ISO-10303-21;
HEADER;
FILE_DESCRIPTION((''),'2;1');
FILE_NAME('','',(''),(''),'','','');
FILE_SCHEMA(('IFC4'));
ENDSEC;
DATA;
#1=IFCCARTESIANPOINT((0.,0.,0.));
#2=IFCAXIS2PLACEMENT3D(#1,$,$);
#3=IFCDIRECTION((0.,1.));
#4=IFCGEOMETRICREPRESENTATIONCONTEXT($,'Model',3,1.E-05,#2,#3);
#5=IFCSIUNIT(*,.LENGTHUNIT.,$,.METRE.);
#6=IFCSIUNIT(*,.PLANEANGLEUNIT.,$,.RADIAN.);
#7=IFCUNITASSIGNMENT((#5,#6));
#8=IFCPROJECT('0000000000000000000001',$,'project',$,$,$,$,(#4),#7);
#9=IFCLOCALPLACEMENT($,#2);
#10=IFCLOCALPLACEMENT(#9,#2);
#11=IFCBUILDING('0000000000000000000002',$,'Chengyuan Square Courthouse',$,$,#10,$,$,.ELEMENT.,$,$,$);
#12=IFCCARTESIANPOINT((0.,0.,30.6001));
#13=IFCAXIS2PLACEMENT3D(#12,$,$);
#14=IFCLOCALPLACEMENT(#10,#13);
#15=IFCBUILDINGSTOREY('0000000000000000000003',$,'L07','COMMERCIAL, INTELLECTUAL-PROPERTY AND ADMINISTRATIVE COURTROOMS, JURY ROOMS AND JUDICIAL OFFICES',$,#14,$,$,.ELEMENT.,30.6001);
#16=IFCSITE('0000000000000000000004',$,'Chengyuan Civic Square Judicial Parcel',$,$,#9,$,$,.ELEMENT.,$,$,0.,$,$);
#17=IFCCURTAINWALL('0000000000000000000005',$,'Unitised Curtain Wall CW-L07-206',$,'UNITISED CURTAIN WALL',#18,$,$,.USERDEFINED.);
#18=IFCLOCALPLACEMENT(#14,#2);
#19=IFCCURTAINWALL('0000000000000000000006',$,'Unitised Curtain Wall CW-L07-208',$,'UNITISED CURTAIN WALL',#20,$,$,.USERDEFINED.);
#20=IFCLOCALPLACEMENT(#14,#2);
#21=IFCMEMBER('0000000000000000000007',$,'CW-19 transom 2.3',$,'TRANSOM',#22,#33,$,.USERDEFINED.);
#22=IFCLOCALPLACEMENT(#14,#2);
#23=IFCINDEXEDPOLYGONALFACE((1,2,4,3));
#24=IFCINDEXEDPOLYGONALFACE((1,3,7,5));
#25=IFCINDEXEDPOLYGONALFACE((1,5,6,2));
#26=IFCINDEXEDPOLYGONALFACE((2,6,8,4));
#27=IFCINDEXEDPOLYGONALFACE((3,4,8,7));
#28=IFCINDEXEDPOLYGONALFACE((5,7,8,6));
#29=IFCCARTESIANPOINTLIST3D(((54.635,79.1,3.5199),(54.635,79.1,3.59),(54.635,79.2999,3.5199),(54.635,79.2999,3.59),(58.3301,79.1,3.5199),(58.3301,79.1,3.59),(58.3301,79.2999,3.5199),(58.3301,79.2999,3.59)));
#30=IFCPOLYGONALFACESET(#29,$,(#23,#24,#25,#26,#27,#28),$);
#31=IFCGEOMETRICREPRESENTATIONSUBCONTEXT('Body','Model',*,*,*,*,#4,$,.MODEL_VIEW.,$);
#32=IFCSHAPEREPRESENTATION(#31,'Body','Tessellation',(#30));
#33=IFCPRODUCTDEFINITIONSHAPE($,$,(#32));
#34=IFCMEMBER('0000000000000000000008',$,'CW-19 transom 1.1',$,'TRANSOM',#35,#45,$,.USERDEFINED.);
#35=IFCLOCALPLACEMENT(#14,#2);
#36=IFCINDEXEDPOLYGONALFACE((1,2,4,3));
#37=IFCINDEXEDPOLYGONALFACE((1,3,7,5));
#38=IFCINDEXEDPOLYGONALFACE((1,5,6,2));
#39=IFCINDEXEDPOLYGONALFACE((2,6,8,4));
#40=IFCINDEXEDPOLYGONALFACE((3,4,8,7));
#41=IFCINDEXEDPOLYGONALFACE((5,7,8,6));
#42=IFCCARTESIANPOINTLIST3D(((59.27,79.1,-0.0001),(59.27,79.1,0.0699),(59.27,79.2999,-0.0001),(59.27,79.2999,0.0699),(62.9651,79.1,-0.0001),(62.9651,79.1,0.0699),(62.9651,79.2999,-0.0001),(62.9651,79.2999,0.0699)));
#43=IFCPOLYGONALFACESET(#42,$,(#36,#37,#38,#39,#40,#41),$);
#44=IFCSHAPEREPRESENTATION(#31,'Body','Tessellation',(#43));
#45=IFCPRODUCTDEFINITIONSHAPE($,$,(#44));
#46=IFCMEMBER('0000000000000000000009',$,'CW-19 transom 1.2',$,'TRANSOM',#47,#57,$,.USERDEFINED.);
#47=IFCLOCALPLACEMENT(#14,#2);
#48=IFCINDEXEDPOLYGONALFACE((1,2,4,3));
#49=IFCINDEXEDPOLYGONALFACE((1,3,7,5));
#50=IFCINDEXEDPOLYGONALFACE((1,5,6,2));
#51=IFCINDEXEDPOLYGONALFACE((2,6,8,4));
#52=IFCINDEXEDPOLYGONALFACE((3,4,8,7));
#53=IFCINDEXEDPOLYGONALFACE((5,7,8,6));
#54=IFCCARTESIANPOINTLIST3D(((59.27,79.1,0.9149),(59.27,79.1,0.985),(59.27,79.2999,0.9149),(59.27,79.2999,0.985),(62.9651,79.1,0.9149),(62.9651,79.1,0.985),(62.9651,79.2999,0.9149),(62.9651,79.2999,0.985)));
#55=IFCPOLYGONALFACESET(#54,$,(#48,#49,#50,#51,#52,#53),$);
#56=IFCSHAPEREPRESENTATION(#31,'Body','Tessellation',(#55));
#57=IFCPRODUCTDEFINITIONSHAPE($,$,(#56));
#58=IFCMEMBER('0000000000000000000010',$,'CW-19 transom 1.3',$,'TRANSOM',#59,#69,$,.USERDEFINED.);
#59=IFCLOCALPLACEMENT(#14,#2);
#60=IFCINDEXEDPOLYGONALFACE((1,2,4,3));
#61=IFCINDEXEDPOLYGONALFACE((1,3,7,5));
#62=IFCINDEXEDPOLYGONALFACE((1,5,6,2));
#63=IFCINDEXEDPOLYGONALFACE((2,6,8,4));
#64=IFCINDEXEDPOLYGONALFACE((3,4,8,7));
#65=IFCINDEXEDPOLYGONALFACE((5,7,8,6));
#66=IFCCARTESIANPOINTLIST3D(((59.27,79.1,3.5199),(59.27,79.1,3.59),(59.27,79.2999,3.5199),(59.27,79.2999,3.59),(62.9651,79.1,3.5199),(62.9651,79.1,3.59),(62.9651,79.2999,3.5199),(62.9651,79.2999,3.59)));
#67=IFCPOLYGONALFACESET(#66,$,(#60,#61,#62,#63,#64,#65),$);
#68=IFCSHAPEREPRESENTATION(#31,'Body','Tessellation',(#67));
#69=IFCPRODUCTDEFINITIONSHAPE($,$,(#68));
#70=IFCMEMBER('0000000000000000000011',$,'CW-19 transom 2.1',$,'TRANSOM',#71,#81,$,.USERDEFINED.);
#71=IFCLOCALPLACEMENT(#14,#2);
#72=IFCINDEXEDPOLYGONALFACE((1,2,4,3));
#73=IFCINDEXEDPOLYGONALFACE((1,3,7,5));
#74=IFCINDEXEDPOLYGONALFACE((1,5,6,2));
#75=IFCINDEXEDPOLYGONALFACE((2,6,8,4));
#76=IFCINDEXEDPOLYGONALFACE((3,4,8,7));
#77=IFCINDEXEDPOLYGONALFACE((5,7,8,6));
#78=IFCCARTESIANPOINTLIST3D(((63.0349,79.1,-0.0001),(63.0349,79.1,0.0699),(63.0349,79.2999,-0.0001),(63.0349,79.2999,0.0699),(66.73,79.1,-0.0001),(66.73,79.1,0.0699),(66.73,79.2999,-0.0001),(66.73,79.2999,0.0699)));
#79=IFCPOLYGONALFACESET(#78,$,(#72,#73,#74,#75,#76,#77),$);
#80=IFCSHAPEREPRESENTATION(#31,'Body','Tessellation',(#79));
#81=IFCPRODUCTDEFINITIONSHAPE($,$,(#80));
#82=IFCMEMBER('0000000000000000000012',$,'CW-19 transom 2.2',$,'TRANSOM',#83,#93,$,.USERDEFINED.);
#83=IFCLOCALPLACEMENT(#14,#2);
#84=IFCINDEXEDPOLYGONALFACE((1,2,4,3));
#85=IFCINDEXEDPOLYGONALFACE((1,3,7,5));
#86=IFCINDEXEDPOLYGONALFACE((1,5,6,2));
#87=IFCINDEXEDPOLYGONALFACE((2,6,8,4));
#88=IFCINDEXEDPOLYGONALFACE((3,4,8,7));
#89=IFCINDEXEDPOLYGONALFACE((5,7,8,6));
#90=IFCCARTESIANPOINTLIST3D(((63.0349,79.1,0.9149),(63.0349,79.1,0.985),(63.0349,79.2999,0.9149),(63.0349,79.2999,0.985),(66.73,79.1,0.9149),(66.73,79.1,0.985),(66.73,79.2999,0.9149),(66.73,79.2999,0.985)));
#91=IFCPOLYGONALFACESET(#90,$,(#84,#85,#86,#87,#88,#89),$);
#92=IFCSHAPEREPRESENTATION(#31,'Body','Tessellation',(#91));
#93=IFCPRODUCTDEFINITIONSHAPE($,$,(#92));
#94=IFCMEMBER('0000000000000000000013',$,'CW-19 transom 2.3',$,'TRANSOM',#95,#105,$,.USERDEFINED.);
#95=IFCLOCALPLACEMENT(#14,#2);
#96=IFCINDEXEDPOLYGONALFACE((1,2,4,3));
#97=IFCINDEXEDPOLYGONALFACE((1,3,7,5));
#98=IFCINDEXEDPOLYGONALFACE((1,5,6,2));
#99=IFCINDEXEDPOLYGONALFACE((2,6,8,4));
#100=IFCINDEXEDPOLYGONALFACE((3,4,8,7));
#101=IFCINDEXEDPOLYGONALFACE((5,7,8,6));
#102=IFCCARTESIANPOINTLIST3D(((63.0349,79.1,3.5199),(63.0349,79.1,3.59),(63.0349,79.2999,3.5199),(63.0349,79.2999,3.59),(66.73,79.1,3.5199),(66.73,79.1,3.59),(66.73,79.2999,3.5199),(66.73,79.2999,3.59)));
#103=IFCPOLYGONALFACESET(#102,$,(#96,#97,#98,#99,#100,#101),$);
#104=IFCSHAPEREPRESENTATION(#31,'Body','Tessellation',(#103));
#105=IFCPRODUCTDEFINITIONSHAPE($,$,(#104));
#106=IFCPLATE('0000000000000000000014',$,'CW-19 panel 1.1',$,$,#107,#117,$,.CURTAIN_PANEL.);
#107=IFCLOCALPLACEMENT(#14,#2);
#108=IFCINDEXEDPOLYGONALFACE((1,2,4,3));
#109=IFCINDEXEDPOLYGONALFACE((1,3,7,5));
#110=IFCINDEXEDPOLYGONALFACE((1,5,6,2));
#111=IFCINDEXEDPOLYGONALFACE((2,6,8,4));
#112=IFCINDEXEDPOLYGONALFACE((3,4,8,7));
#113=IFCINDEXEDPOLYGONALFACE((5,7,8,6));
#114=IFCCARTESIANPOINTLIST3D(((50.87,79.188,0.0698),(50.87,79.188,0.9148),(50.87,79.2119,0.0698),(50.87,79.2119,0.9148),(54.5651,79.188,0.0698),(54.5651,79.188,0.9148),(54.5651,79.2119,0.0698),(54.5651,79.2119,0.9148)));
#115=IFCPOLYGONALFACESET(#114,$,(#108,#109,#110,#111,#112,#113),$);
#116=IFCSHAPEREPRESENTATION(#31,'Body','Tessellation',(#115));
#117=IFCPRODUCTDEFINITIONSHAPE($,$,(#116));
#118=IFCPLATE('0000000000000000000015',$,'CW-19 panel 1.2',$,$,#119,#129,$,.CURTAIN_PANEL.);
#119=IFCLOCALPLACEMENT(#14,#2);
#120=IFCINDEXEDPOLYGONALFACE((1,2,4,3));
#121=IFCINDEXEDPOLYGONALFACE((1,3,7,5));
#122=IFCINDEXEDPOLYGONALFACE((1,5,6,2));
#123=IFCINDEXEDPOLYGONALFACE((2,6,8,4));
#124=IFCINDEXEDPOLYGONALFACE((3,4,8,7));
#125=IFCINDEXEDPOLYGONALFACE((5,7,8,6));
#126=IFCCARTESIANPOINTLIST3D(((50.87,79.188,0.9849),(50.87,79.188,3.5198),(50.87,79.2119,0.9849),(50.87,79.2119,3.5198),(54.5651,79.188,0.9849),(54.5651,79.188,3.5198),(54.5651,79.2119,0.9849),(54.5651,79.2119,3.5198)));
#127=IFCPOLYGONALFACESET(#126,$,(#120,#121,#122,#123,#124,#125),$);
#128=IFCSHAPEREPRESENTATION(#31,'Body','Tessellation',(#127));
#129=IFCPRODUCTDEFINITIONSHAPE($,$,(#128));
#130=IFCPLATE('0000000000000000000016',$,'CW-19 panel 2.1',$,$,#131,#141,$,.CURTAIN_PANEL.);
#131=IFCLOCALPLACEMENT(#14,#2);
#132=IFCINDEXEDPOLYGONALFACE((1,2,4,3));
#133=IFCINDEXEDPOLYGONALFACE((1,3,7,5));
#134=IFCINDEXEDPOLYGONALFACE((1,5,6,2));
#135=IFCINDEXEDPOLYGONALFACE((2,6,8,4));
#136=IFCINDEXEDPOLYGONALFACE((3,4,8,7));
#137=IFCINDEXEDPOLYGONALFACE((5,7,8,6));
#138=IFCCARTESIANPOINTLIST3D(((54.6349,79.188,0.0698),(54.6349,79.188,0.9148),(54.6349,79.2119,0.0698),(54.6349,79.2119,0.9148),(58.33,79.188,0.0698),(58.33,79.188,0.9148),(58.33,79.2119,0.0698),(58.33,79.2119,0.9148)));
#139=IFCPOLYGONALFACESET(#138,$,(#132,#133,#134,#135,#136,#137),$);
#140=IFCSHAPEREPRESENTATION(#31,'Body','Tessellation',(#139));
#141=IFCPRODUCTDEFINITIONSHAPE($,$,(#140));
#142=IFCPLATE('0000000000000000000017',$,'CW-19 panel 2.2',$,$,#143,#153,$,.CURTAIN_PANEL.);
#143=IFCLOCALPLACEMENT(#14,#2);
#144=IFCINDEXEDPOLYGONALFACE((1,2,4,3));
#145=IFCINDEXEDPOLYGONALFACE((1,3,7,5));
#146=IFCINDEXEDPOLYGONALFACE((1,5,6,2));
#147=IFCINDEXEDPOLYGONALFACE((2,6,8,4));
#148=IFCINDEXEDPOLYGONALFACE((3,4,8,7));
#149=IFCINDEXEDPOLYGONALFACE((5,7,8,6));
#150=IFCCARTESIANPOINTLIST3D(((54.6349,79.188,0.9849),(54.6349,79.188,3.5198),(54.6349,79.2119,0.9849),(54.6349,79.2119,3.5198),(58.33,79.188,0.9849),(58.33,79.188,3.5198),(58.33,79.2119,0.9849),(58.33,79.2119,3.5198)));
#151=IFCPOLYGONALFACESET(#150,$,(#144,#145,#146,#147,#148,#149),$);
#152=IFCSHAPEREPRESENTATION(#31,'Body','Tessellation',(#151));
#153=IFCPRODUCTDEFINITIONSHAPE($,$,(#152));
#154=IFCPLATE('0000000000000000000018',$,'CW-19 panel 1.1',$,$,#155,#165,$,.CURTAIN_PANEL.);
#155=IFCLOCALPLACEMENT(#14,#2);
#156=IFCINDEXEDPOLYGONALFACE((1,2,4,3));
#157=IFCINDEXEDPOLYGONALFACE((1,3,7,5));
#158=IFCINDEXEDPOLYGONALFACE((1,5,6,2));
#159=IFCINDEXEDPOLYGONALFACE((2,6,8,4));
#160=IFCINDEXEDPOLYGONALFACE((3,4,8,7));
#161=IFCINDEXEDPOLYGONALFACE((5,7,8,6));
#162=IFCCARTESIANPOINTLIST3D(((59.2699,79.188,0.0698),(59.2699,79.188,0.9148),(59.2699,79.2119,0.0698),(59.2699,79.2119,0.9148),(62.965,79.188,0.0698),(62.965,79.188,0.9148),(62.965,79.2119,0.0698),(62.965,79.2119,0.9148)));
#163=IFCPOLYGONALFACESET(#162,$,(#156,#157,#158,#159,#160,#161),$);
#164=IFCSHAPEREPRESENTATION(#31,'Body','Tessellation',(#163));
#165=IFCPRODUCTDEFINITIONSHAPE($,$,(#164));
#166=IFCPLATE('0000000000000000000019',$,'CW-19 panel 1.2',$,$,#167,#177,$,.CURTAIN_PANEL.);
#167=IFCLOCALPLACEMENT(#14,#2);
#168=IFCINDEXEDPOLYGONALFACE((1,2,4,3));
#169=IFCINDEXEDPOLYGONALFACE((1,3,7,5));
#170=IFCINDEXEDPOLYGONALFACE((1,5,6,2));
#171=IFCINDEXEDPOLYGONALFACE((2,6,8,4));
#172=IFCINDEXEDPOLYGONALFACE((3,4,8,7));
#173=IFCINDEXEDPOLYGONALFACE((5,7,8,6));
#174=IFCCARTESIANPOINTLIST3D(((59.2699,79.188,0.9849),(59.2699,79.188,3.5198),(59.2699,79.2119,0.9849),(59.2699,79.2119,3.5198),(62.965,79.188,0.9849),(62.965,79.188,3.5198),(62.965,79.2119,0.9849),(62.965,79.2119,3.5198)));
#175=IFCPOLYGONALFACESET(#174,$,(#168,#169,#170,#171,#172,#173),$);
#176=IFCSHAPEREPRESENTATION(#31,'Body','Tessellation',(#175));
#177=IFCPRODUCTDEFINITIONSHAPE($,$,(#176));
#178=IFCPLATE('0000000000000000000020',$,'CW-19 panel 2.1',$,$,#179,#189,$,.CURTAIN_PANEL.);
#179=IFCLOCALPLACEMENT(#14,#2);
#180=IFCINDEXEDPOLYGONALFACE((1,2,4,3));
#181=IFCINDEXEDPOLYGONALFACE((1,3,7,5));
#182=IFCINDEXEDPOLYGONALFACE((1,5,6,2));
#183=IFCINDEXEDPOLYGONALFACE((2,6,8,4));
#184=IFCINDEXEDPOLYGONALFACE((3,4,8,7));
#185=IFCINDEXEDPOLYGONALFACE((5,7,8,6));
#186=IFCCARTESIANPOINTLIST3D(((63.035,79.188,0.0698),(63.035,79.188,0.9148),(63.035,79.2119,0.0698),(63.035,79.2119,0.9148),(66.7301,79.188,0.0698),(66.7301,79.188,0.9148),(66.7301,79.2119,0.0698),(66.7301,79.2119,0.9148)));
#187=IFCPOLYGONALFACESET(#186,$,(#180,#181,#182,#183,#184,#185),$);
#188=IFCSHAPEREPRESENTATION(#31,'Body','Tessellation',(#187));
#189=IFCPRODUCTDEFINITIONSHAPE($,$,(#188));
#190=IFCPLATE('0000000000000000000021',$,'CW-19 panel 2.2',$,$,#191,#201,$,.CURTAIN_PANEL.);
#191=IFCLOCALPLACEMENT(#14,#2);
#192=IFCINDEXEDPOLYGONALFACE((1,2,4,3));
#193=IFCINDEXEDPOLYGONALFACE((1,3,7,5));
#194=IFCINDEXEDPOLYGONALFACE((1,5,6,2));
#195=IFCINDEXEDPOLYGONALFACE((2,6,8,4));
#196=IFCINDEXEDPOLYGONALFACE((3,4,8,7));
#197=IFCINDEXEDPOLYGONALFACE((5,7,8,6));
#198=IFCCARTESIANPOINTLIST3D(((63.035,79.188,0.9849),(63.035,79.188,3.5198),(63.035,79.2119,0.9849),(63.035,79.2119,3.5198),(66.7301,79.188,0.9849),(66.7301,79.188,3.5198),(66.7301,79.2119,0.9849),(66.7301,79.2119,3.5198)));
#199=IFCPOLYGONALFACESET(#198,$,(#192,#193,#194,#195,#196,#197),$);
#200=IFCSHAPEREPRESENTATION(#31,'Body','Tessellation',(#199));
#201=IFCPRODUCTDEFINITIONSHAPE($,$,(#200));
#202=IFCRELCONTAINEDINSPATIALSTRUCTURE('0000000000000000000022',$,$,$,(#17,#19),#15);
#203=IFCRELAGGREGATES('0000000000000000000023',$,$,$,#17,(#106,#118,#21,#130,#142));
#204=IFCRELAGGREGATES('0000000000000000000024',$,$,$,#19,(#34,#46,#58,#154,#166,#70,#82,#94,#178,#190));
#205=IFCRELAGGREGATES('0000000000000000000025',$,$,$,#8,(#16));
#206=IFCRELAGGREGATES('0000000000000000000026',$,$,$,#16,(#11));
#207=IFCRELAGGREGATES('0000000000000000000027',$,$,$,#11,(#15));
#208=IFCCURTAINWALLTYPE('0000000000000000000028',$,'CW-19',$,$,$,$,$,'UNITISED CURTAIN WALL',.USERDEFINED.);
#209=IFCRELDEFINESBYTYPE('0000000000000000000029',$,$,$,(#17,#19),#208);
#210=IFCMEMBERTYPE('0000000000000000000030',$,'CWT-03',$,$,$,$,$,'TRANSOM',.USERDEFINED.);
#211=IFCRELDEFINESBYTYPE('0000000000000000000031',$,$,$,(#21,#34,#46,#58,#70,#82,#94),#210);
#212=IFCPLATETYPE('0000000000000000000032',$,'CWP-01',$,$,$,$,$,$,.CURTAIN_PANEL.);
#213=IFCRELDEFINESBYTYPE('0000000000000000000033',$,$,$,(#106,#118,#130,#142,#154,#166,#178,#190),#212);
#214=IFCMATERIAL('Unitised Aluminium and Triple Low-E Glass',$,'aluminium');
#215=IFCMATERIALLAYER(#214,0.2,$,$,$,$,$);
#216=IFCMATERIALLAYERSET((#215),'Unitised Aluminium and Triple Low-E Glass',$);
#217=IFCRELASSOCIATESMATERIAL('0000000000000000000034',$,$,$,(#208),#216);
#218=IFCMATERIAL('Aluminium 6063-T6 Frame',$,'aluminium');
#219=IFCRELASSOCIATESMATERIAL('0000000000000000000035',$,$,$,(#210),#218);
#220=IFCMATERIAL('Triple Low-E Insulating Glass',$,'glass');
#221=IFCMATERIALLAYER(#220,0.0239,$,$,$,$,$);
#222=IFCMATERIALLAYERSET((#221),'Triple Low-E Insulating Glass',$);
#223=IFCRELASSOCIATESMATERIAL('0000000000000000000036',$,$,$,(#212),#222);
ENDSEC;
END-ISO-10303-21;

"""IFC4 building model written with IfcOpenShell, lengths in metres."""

from ifc_helpers import new_model, si_unit, direction, frame, origin, origin_2d, place, context, subcontext, project, spatial, rectangle, extrude, material, layer, layer_set, material_profile, profile_set, type_object, element, aggregate, save


model = new_model("IFC4")

# Units and contexts
model_context = context("Model", 3, precision=1e-05, world=origin(), true_north=direction((0.0, 1.0)))
body_context = subcontext(model_context, "Body", "Model", "MODEL_VIEW")
ifc_project = project(units=[si_unit("LENGTHUNIT", "METRE"), si_unit("PLANEANGLEUNIT", "RADIAN")], contexts=[model_context])

# Site, building, storey
site_placement = place(None, origin())
site = spatial("IfcSite", under=ifc_project, at=site_placement, Name="Chengyuan Civic Square Judicial Parcel", CompositionType="ELEMENT", RefElevation=0.0)
building_placement = place(site_placement, origin())
building = spatial("IfcBuilding", under=site, at=building_placement, Name="Chengyuan Square Courthouse", CompositionType="ELEMENT")
storey_placement = place(building_placement, frame((0.0, 0.0, 30.6001)))
storey = spatial("IfcBuildingStorey", under=building, at=storey_placement, Name="L07", Description="COMMERCIAL, INTELLECTUAL-PROPERTY AND ADMINISTRATIVE COURTROOMS, JURY ROOMS AND JUDICIAL OFFICES", CompositionType="ELEMENT", Elevation=30.6001)

# Curtain walls
ifc_material_1 = material(Name="Unitised Aluminium and Triple Low-E Glass", Category="aluminium")
ifc_layer_1 = layer(ifc_material_1, 0.2)
ifc_layer_set_1 = layer_set([ifc_layer_1], Name="Unitised Aluminium and Triple Low-E Glass")
curtain_wall_type = type_object("IfcCurtainWallType", Name="CW-19", ElementType="UNITISED CURTAIN WALL", PredefinedType="USERDEFINED", material=ifc_layer_set_1)
curtain_wall_1_placement = place(storey_placement, origin())
curtain_wall_1 = element("IfcCurtainWall", 1, at=curtain_wall_1_placement, inside=storey, type_object=curtain_wall_type, Name="Unitised Curtain Wall CW-L07-206", ObjectType="UNITISED CURTAIN WALL", PredefinedType="USERDEFINED")
ifc_material_2 = material(Name="Aluminium 6063-T6 Frame", Category="aluminium")
curtain_wall_2_placement = place(storey_placement, origin())
curtain_wall_2 = element("IfcCurtainWall", 2, at=curtain_wall_2_placement, inside=storey, type_object=curtain_wall_type, Name="Unitised Curtain Wall CW-L07-208", ObjectType="UNITISED CURTAIN WALL", PredefinedType="USERDEFINED")

# Members
ifc_material_profile_1 = material_profile(ifc_material_2, rectangle(XDim=0.2, YDim=0.0701, at=origin_2d()), Name="CW-TRN-70x160")
ifc_profile_set_1 = profile_set([ifc_material_profile_1], Name="Aluminium 6063-T6 Frame")
member_type_1 = type_object("IfcMemberType", Name="CWT-03", ElementType="TRANSOM", PredefinedType="USERDEFINED", material=ifc_profile_set_1)
member_1_placement = place(storey_placement, frame((54.635, 79.2, 3.5549), z_axis=(1.0, 0.0, 0.0), x_axis=(0.0, 1.0, 0.0)))
member_1 = element("IfcMember", 3, at=member_1_placement, type_object=member_type_1, Name="CW-19 transom 2.3", ObjectType="TRANSOM", PredefinedType="USERDEFINED", context=body_context, shape_type="SweptSolid", body=[
    extrude(rectangle(XDim=0.2, YDim=0.0701, at=origin_2d()), origin(), (0.0, 0.0, 1.0), 3.6951),
])
member_2_placement = place(storey_placement, frame((59.27, 79.2, 0.0349), z_axis=(1.0, 0.0, 0.0), x_axis=(0.0, 1.0, 0.0)))
member_2 = element("IfcMember", 4, at=member_2_placement, type_object=member_type_1, Name="CW-19 transom 1.1", ObjectType="TRANSOM", PredefinedType="USERDEFINED", context=body_context, shape_type="SweptSolid", body=[
    extrude(rectangle(XDim=0.2, YDim=0.0701, at=origin_2d()), origin(), (0.0, 0.0, 1.0), 3.6951),
])
member_3_placement = place(storey_placement, frame((59.27, 79.2, 0.95), z_axis=(1.0, 0.0, 0.0), x_axis=(0.0, 1.0, 0.0)))
member_3 = element("IfcMember", 5, at=member_3_placement, type_object=member_type_1, Name="CW-19 transom 1.2", ObjectType="TRANSOM", PredefinedType="USERDEFINED", context=body_context, shape_type="SweptSolid", body=[
    extrude(rectangle(XDim=0.2, YDim=0.0701, at=origin_2d()), origin(), (0.0, 0.0, 1.0), 3.6951),
])
member_4_placement = place(storey_placement, frame((59.27, 79.2, 3.5549), z_axis=(1.0, 0.0, 0.0), x_axis=(0.0, 1.0, 0.0)))
member_4 = element("IfcMember", 6, at=member_4_placement, type_object=member_type_1, Name="CW-19 transom 1.3", ObjectType="TRANSOM", PredefinedType="USERDEFINED", context=body_context, shape_type="SweptSolid", body=[
    extrude(rectangle(XDim=0.2, YDim=0.0701, at=origin_2d()), origin(), (0.0, 0.0, 1.0), 3.6951),
])
member_5_placement = place(storey_placement, frame((63.0349, 79.2, 0.0349), z_axis=(1.0, 0.0, 0.0), x_axis=(0.0, 1.0, 0.0)))
member_5 = element("IfcMember", 7, at=member_5_placement, type_object=member_type_1, Name="CW-19 transom 2.1", ObjectType="TRANSOM", PredefinedType="USERDEFINED", context=body_context, shape_type="SweptSolid", body=[
    extrude(rectangle(XDim=0.2, YDim=0.0701, at=origin_2d()), origin(), (0.0, 0.0, 1.0), 3.6951),
])
member_6_placement = place(storey_placement, frame((63.0349, 79.2, 0.95), z_axis=(1.0, 0.0, 0.0), x_axis=(0.0, 1.0, 0.0)))
member_6 = element("IfcMember", 8, at=member_6_placement, type_object=member_type_1, Name="CW-19 transom 2.2", ObjectType="TRANSOM", PredefinedType="USERDEFINED", context=body_context, shape_type="SweptSolid", body=[
    extrude(rectangle(XDim=0.2, YDim=0.0701, at=origin_2d()), origin(), (0.0, 0.0, 1.0), 3.6951),
])
member_7_placement = place(storey_placement, frame((63.0349, 79.2, 3.5549), z_axis=(1.0, 0.0, 0.0), x_axis=(0.0, 1.0, 0.0)))
member_7 = element("IfcMember", 9, at=member_7_placement, type_object=member_type_1, Name="CW-19 transom 2.3", ObjectType="TRANSOM", PredefinedType="USERDEFINED", context=body_context, shape_type="SweptSolid", body=[
    extrude(rectangle(XDim=0.2, YDim=0.0701, at=origin_2d()), origin(), (0.0, 0.0, 1.0), 3.6951),
])

# Plates
ifc_material_3 = material(Name="Triple Low-E Insulating Glass", Category="glass")
ifc_layer_2 = layer(ifc_material_3, 0.0239)
ifc_layer_set_2 = layer_set([ifc_layer_2], Name="Triple Low-E Insulating Glass")
plate_type = type_object("IfcPlateType", Name="CWP-01", PredefinedType="CURTAIN_PANEL", material=ifc_layer_set_2)
plate_1_placement = place(storey_placement, frame((52.7175, 79.2, 0.0698), z_axis=(0.0, 0.0, 1.0), x_axis=(1.0, 0.0, 0.0)))
plate_1 = element("IfcPlate", 10, at=plate_1_placement, type_object=plate_type, Name="CW-19 panel 1.1", PredefinedType="CURTAIN_PANEL", context=body_context, shape_type="SweptSolid", body=[
    extrude(rectangle(XDim=3.6951, YDim=0.0239, at=origin_2d()), origin(), (0.0, 0.0, 1.0), 0.845),
])
plate_2_placement = place(storey_placement, frame((52.7175, 79.2, 0.9849), z_axis=(0.0, 0.0, 1.0), x_axis=(1.0, 0.0, 0.0)))
plate_2 = element("IfcPlate", 11, at=plate_2_placement, type_object=plate_type, Name="CW-19 panel 1.2", PredefinedType="CURTAIN_PANEL", context=body_context, shape_type="SweptSolid", body=[
    extrude(rectangle(XDim=3.6951, YDim=0.0239, at=origin_2d()), origin(), (0.0, 0.0, 1.0), 2.5349),
])
plate_3_placement = place(storey_placement, frame((56.4824, 79.2, 0.0698), z_axis=(0.0, 0.0, 1.0), x_axis=(1.0, 0.0, 0.0)))
plate_3 = element("IfcPlate", 12, at=plate_3_placement, type_object=plate_type, Name="CW-19 panel 2.1", PredefinedType="CURTAIN_PANEL", context=body_context, shape_type="SweptSolid", body=[
    extrude(rectangle(XDim=3.6951, YDim=0.0239, at=origin_2d()), origin(), (0.0, 0.0, 1.0), 0.845),
])
plate_4_placement = place(storey_placement, frame((56.4824, 79.2, 0.9849), z_axis=(0.0, 0.0, 1.0), x_axis=(1.0, 0.0, 0.0)))
plate_4 = element("IfcPlate", 13, at=plate_4_placement, type_object=plate_type, Name="CW-19 panel 2.2", PredefinedType="CURTAIN_PANEL", context=body_context, shape_type="SweptSolid", body=[
    extrude(rectangle(XDim=3.6951, YDim=0.0239, at=origin_2d()), origin(), (0.0, 0.0, 1.0), 2.5349),
])
aggregate(curtain_wall_1, [plate_1, plate_2, member_1, plate_3, plate_4])
plate_5_placement = place(storey_placement, frame((61.1174, 79.2, 0.0698), z_axis=(0.0, 0.0, 1.0), x_axis=(1.0, 0.0, 0.0)))
plate_5 = element("IfcPlate", 14, at=plate_5_placement, type_object=plate_type, Name="CW-19 panel 1.1", PredefinedType="CURTAIN_PANEL", context=body_context, shape_type="SweptSolid", body=[
    extrude(rectangle(XDim=3.6951, YDim=0.0239, at=origin_2d()), origin(), (0.0, 0.0, 1.0), 0.845),
])
plate_6_placement = place(storey_placement, frame((61.1174, 79.2, 0.9849), z_axis=(0.0, 0.0, 1.0), x_axis=(1.0, 0.0, 0.0)))
plate_6 = element("IfcPlate", 15, at=plate_6_placement, type_object=plate_type, Name="CW-19 panel 1.2", PredefinedType="CURTAIN_PANEL", context=body_context, shape_type="SweptSolid", body=[
    extrude(rectangle(XDim=3.6951, YDim=0.0239, at=origin_2d()), origin(), (0.0, 0.0, 1.0), 2.5349),
])
plate_7_placement = place(storey_placement, frame((64.8826, 79.2, 0.0698), z_axis=(0.0, 0.0, 1.0), x_axis=(1.0, 0.0, 0.0)))
plate_7 = element("IfcPlate", 16, at=plate_7_placement, type_object=plate_type, Name="CW-19 panel 2.1", PredefinedType="CURTAIN_PANEL", context=body_context, shape_type="SweptSolid", body=[
    extrude(rectangle(XDim=3.6951, YDim=0.0239, at=origin_2d()), origin(), (0.0, 0.0, 1.0), 0.845),
])
plate_8_placement = place(storey_placement, frame((64.8826, 79.2, 0.9849), z_axis=(0.0, 0.0, 1.0), x_axis=(1.0, 0.0, 0.0)))
plate_8 = element("IfcPlate", 17, at=plate_8_placement, type_object=plate_type, Name="CW-19 panel 2.2", PredefinedType="CURTAIN_PANEL", context=body_context, shape_type="SweptSolid", body=[
    extrude(rectangle(XDim=3.6951, YDim=0.0239, at=origin_2d()), origin(), (0.0, 0.0, 1.0), 2.5349),
])
aggregate(curtain_wall_2, [member_2, member_3, member_4, plate_5, plate_6, member_5, member_6, member_7, plate_7, plate_8])

save(model, "model.ifc")
